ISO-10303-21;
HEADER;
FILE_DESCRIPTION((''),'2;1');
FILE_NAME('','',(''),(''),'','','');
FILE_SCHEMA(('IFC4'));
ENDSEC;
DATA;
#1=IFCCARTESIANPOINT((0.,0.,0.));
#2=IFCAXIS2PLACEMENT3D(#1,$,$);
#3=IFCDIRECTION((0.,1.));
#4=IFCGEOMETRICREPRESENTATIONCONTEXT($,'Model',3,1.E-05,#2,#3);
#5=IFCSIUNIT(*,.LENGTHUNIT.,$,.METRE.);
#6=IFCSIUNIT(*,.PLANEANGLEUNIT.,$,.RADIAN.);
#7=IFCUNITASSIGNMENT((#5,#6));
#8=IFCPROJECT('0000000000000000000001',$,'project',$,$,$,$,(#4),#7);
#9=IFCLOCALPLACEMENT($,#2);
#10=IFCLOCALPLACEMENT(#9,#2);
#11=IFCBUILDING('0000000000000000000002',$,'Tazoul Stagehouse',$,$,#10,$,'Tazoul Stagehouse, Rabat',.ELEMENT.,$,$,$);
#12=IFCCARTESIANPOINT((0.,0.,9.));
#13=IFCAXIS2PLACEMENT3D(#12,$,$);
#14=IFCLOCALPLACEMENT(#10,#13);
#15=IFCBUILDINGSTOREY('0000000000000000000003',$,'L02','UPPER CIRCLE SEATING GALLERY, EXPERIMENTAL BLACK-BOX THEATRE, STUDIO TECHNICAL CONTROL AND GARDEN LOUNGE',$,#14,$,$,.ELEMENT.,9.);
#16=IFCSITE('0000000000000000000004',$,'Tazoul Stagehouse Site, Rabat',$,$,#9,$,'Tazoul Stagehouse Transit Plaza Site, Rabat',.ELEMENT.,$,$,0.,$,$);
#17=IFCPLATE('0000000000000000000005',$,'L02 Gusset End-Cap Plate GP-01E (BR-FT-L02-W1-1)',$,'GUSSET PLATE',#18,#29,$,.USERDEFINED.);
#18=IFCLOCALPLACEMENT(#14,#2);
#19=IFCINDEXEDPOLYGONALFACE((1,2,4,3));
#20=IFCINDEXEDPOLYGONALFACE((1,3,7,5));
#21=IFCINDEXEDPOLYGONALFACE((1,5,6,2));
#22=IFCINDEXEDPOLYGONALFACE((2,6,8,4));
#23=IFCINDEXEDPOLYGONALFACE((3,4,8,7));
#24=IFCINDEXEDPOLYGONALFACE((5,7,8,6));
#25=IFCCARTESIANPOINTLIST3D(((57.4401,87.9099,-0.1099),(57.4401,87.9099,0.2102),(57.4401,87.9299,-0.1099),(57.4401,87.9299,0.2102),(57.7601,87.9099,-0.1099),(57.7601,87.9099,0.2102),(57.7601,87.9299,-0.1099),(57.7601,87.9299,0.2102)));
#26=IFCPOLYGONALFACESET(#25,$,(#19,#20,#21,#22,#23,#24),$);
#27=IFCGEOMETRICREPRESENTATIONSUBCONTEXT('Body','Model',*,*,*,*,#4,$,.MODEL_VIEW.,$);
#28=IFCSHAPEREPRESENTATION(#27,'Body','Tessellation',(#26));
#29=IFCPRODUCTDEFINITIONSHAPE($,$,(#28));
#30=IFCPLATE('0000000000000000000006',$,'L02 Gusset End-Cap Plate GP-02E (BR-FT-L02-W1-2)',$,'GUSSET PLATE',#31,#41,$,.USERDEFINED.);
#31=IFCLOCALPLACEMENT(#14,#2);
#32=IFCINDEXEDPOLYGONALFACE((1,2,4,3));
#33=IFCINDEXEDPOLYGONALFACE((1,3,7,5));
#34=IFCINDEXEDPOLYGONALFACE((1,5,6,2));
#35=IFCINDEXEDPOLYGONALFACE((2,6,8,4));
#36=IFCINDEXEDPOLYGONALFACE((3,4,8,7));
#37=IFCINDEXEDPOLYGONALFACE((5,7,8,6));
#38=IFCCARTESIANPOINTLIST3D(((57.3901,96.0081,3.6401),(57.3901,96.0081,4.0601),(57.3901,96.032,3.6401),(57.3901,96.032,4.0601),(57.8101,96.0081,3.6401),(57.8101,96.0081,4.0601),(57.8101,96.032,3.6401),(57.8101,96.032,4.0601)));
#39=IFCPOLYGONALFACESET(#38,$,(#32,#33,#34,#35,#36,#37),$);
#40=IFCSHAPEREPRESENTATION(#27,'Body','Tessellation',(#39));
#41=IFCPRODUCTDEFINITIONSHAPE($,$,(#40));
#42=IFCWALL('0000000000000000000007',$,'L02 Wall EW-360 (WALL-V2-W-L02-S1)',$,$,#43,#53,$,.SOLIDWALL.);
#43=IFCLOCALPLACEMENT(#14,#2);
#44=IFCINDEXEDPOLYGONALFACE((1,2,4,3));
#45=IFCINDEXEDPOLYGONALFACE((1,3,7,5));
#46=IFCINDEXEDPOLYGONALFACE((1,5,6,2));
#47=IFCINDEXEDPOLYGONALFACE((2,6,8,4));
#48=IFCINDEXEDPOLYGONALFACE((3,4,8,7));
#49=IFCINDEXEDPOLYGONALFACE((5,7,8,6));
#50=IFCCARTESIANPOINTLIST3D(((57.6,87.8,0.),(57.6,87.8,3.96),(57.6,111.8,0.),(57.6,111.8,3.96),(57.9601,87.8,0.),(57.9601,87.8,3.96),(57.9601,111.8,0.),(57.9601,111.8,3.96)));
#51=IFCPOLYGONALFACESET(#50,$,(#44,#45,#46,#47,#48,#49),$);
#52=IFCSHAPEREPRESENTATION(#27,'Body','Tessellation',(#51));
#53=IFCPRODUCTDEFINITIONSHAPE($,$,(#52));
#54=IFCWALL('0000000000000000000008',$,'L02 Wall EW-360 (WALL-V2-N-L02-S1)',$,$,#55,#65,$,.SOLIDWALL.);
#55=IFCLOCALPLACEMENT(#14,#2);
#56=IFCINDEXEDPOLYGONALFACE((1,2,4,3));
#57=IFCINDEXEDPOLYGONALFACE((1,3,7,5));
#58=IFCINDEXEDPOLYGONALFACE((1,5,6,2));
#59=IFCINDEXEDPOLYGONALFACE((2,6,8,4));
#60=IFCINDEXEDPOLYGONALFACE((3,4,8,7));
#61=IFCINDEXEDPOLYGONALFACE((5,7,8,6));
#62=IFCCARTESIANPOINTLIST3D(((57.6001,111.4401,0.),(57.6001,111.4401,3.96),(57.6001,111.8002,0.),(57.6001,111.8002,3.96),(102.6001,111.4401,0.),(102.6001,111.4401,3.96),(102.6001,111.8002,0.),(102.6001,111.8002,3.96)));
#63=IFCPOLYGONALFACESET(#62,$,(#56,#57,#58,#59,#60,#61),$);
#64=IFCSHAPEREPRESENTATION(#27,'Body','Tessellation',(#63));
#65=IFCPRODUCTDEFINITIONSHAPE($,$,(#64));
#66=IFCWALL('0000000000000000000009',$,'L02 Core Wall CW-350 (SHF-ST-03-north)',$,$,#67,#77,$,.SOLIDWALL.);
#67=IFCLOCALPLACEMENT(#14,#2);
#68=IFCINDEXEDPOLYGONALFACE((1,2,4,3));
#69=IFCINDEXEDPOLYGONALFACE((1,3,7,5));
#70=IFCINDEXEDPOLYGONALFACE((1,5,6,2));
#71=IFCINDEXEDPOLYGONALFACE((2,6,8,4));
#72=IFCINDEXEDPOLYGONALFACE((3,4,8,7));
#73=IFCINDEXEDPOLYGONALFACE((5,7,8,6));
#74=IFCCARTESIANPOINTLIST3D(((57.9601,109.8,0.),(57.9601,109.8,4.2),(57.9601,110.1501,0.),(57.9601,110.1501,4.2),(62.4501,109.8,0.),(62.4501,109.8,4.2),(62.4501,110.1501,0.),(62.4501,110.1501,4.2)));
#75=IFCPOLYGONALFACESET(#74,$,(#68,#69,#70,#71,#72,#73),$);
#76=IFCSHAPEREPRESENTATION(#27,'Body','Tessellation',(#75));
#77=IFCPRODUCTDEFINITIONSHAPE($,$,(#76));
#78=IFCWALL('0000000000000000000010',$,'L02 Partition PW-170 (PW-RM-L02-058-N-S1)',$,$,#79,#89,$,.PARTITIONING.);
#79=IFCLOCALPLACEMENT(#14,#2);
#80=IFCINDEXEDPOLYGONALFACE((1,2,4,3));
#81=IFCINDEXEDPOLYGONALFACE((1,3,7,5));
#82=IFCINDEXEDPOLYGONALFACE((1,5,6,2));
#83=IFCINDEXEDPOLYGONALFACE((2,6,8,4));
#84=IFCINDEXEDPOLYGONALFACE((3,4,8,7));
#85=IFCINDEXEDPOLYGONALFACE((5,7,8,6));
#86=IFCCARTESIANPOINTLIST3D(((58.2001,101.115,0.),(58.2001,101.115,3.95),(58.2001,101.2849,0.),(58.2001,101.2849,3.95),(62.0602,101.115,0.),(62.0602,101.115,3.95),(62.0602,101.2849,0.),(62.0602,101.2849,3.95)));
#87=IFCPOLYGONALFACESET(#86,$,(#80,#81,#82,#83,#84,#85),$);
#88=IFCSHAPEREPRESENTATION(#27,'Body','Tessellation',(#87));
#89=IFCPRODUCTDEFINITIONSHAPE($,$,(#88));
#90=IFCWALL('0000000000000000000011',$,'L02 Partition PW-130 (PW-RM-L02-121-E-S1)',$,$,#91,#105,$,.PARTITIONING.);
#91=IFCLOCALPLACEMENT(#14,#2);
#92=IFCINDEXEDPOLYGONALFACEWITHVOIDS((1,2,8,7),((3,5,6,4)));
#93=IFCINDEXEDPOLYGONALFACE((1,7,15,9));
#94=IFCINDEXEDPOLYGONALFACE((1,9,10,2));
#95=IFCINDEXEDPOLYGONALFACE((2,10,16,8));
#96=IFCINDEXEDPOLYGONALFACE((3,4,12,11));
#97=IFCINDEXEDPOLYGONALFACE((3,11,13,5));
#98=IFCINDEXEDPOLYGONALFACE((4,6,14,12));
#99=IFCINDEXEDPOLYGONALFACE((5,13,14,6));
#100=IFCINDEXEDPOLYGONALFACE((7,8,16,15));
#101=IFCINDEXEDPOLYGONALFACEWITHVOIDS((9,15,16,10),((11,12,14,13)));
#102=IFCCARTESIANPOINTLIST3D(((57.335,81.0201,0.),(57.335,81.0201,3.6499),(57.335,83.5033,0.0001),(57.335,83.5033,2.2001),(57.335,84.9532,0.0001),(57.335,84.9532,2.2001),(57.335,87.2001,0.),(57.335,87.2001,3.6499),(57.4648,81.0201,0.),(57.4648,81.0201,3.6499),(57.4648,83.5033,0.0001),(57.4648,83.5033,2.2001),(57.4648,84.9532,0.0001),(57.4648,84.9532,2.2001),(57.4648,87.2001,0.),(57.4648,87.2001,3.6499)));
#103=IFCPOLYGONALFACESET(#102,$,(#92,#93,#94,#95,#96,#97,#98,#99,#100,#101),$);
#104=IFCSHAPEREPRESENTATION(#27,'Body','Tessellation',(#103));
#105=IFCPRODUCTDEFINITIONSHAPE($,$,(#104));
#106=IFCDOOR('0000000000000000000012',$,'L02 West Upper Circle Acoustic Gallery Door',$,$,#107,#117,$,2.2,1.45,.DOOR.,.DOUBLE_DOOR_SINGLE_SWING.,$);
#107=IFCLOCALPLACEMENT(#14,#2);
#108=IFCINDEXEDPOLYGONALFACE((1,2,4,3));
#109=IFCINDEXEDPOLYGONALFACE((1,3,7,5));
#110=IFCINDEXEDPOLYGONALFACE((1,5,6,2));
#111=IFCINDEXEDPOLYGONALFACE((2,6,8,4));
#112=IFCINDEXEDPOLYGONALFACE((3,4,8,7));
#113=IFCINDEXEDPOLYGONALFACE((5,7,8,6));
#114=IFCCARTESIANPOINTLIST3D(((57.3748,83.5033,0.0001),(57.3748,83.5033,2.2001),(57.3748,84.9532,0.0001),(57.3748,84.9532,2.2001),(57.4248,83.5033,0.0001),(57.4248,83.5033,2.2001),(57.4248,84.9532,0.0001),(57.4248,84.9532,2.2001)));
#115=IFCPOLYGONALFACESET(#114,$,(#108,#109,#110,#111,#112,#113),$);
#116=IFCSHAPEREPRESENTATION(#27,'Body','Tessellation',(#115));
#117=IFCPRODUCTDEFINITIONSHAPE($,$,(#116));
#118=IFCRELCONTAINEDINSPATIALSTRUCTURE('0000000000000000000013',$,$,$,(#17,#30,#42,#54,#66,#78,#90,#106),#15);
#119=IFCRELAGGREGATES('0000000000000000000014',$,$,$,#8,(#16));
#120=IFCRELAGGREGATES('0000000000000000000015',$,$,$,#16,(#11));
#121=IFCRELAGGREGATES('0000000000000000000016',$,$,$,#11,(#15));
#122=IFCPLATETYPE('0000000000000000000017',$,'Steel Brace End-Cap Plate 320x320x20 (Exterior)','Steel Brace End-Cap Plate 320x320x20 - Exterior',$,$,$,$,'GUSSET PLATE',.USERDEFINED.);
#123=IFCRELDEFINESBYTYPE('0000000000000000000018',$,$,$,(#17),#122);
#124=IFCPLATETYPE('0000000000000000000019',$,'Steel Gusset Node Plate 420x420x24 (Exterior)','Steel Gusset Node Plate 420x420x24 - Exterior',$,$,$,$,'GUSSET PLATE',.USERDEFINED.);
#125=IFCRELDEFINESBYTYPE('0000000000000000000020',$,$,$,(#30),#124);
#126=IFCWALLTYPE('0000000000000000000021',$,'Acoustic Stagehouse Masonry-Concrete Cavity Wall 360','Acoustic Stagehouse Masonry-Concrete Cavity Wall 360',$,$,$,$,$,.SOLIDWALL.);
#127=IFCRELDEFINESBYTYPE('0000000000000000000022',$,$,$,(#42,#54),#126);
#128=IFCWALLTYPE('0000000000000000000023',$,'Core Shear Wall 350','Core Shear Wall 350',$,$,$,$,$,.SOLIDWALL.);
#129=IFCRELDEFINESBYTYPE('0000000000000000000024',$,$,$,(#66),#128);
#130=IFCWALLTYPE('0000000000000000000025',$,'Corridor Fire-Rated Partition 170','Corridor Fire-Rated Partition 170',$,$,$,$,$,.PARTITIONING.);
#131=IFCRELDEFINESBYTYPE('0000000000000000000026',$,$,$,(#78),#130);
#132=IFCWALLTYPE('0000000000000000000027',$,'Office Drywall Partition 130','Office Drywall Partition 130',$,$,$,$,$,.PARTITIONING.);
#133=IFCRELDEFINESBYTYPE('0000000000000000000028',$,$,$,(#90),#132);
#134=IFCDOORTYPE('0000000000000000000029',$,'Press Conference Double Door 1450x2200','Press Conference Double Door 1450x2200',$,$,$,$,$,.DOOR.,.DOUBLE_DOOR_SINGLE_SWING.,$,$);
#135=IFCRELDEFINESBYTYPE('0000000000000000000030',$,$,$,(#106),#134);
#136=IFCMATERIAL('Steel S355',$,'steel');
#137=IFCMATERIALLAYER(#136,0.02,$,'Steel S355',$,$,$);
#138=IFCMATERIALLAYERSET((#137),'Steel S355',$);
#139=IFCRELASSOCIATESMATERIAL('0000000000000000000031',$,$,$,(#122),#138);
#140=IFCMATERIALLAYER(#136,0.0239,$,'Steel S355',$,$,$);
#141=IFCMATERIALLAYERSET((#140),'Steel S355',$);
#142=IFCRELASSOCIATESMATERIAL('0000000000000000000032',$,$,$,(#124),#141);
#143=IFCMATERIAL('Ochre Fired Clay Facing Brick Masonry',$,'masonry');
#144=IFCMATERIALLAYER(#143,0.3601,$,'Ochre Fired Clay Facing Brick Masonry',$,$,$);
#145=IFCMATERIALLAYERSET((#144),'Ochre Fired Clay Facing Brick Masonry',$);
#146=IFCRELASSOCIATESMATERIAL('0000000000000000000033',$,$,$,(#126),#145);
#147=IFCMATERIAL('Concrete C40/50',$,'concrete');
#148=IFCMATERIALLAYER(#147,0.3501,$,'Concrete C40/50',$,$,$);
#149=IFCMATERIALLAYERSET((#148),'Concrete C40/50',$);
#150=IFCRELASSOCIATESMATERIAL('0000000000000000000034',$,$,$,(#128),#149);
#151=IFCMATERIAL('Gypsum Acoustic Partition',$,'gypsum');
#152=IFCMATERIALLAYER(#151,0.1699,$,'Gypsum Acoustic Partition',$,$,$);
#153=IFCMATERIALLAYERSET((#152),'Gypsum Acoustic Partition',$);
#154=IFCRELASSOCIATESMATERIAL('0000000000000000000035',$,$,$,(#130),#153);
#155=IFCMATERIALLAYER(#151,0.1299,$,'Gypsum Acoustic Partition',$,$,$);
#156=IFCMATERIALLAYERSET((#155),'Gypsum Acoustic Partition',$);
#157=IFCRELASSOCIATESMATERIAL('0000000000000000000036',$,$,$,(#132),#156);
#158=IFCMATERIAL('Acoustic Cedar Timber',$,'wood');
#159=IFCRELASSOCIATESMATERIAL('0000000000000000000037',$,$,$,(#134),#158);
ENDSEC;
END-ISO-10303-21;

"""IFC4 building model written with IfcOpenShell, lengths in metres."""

from ifc_helpers import new_model, si_unit, direction, frame, frame_2d, origin, origin_2d, place, context, subcontext, project, spatial, rectangle, extrude, material, layer, layer_set, type_object, element, fill, save


model = new_model("IFC4")

# Units and contexts
model_context = context("Model", 3, precision=1e-05, world=origin(), true_north=direction((0.0, 1.0)))
body_context = subcontext(model_context, "Body", "Model", "MODEL_VIEW")
ifc_project = project(units=[si_unit("LENGTHUNIT", "METRE"), si_unit("PLANEANGLEUNIT", "RADIAN")], contexts=[model_context])

# Site, building, storey
site_placement = place(None, origin())
site = spatial("IfcSite", under=ifc_project, at=site_placement, Name="Tazoul Stagehouse Site, Rabat", LongName="Tazoul Stagehouse Transit Plaza Site, Rabat", CompositionType="ELEMENT", RefElevation=0.0)
building_placement = place(site_placement, origin())
building = spatial("IfcBuilding", under=site, at=building_placement, Name="Tazoul Stagehouse", LongName="Tazoul Stagehouse, Rabat", CompositionType="ELEMENT")
storey_placement = place(building_placement, frame((0.0, 0.0, 9.0)))
storey = spatial("IfcBuildingStorey", under=building, at=storey_placement, Name="L02", Description="UPPER CIRCLE SEATING GALLERY, EXPERIMENTAL BLACK-BOX THEATRE, STUDIO TECHNICAL CONTROL AND GARDEN LOUNGE", CompositionType="ELEMENT", Elevation=9.0)

# Shared definitions
ifc_material_1 = material(Name="Concrete C40/50", Category="concrete")
ifc_material_2 = material(Name="Steel S355", Category="steel")

# Plates
ifc_layer_1 = layer(ifc_material_2, 0.02, Name="Steel S355")
ifc_layer_set_1 = layer_set([ifc_layer_1], Name="Steel S355")
plate_type_1 = type_object("IfcPlateType", Name="Steel Brace End-Cap Plate 320x320x20 (Exterior)", Description="Steel Brace End-Cap Plate 320x320x20 - Exterior", ElementType="GUSSET PLATE", PredefinedType="USERDEFINED", material=ifc_layer_set_1)
plate_1_placement = place(storey_placement, frame((57.6001, 87.9199, -0.1099), z_axis=(0.0, 0.0, 1.0), x_axis=(0.0, 1.0, 0.0)))
element("IfcPlate", 1, at=plate_1_placement, inside=storey, type_object=plate_type_1, Name="L02 Gusset End-Cap Plate GP-01E (BR-FT-L02-W1-1)", ObjectType="GUSSET PLATE", PredefinedType="USERDEFINED", context=body_context, shape_type="SweptSolid", body=[
    extrude(rectangle(XDim=0.02, YDim=0.3201, at=origin_2d()), origin(), (0.0, 0.0, 1.0), 0.3201),
])
ifc_layer_2 = layer(ifc_material_2, 0.0239, Name="Steel S355")
ifc_layer_set_2 = layer_set([ifc_layer_2], Name="Steel S355")
plate_type_2 = type_object("IfcPlateType", Name="Steel Gusset Node Plate 420x420x24 (Exterior)", Description="Steel Gusset Node Plate 420x420x24 - Exterior", ElementType="GUSSET PLATE", PredefinedType="USERDEFINED", material=ifc_layer_set_2)
plate_2_placement = place(storey_placement, frame((57.6001, 96.02, 3.6401), z_axis=(0.0, 0.0, 1.0), x_axis=(0.0, 1.0, 0.0)))
element("IfcPlate", 2, at=plate_2_placement, inside=storey, type_object=plate_type_2, Name="L02 Gusset End-Cap Plate GP-02E (BR-FT-L02-W1-2)", ObjectType="GUSSET PLATE", PredefinedType="USERDEFINED", context=body_context, shape_type="SweptSolid", body=[
    extrude(rectangle(XDim=0.0239, YDim=0.4199, at=origin_2d()), origin(), (0.0, 0.0, 1.0), 0.4199),
])

# Walls
ifc_material_3 = material(Name="Ochre Fired Clay Facing Brick Masonry", Category="masonry")
ifc_layer_3 = layer(ifc_material_3, 0.3601, Name="Ochre Fired Clay Facing Brick Masonry")
ifc_layer_set_3 = layer_set([ifc_layer_3], Name="Ochre Fired Clay Facing Brick Masonry")
wall_type_1 = type_object("IfcWallType", Name="Acoustic Stagehouse Masonry-Concrete Cavity Wall 360", Description="Acoustic Stagehouse Masonry-Concrete Cavity Wall 360", PredefinedType="SOLIDWALL", material=ifc_layer_set_3)
wall_1_placement = place(storey_placement, frame((57.78, 87.8, 0.0), z_axis=(0.0, 0.0, 1.0), x_axis=(0.0, 1.0, 0.0)))
element("IfcWall", 3, at=wall_1_placement, inside=storey, type_object=wall_type_1, Name="L02 Wall EW-360 (WALL-V2-W-L02-S1)", PredefinedType="SOLIDWALL", context=body_context, shape_type="SweptSolid", body=[
    extrude(rectangle(XDim=24.0, YDim=0.3601, at=frame_2d((12.0, 0.0))), origin(), (0.0, 0.0, 1.0), 3.96),
])
wall_2_placement = place(storey_placement, frame((57.6001, 111.6201, 0.0), z_axis=(0.0, 0.0, 1.0), x_axis=(1.0, 0.0, 0.0)))
element("IfcWall", 4, at=wall_2_placement, inside=storey, type_object=wall_type_1, Name="L02 Wall EW-360 (WALL-V2-N-L02-S1)", PredefinedType="SOLIDWALL", context=body_context, shape_type="SweptSolid", body=[
    extrude(rectangle(XDim=45.0, YDim=0.3601, at=frame_2d((22.5, 0.0))), origin(), (0.0, 0.0, 1.0), 3.96),
])
ifc_layer_4 = layer(ifc_material_1, 0.3501, Name="Concrete C40/50")
ifc_layer_set_4 = layer_set([ifc_layer_4], Name="Concrete C40/50")
wall_type_2 = type_object("IfcWallType", Name="Core Shear Wall 350", Description="Core Shear Wall 350", PredefinedType="SOLIDWALL", material=ifc_layer_set_4)
wall_3_placement = place(storey_placement, frame((57.96, 109.9751, 0.0), z_axis=(0.0, 0.0, 1.0), x_axis=(1.0, 0.0, 0.0)))
element("IfcWall", 5, at=wall_3_placement, inside=storey, type_object=wall_type_2, Name="L02 Core Wall CW-350 (SHF-ST-03-north)", PredefinedType="SOLIDWALL", context=body_context, shape_type="SweptSolid", body=[
    extrude(rectangle(XDim=4.49, YDim=0.3501, at=frame_2d((2.2451, 0.0))), origin(), (0.0, 0.0, 1.0), 4.2),
])
ifc_material_4 = material(Name="Gypsum Acoustic Partition", Category="gypsum")
ifc_layer_5 = layer(ifc_material_4, 0.1699, Name="Gypsum Acoustic Partition")
ifc_layer_set_5 = layer_set([ifc_layer_5], Name="Gypsum Acoustic Partition")
wall_type_3 = type_object("IfcWallType", Name="Corridor Fire-Rated Partition 170", Description="Corridor Fire-Rated Partition 170", PredefinedType="PARTITIONING", material=ifc_layer_set_5)
wall_4_placement = place(storey_placement, frame((58.2, 101.2, 0.0), z_axis=(0.0, 0.0, 1.0), x_axis=(1.0, 0.0, 0.0)))
element("IfcWall", 6, at=wall_4_placement, inside=storey, type_object=wall_type_3, Name="L02 Partition PW-170 (PW-RM-L02-058-N-S1)", PredefinedType="PARTITIONING", context=body_context, shape_type="SweptSolid", body=[
    extrude(rectangle(XDim=3.8601, YDim=0.1699, at=frame_2d((1.9302, 0.0))), origin(), (0.0, 0.0, 1.0), 3.95),
])

# Wall, opening, door
ifc_layer_6 = layer(ifc_material_4, 0.1299, Name="Gypsum Acoustic Partition")
ifc_layer_set_6 = layer_set([ifc_layer_6], Name="Gypsum Acoustic Partition")
wall_type_4 = type_object("IfcWallType", Name="Office Drywall Partition 130", Description="Office Drywall Partition 130", PredefinedType="PARTITIONING", material=ifc_layer_set_6)
wall_5_placement = place(storey_placement, frame((57.3999, 87.2, 0.0), z_axis=(0.0, 0.0, 1.0), x_axis=(0.0, -1.0, 0.0)))
wall_5 = element("IfcWall", 7, at=wall_5_placement, inside=storey, type_object=wall_type_4, Name="L02 Partition PW-130 (PW-RM-L02-121-E-S1)", PredefinedType="PARTITIONING", context=body_context, shape_type="SweptSolid", body=[
    extrude(rectangle(XDim=6.1799, YDim=0.1299, at=frame_2d((3.0898, 0.0))), origin(), (0.0, 0.0, 1.0), 3.6499),
])
opening_placement = place(wall_5_placement, frame((2.2466, 0.0, 0.0)))
opening = element("IfcOpeningElement", 8, at=opening_placement, cuts=wall_5, PredefinedType="OPENING", context=body_context, shape_type="SweptSolid", body=[
    extrude(rectangle(XDim=1.45, YDim=2.2, at=frame_2d((0.7251, 1.1001))), frame((0.0, 0.085, 0.0), z_axis=(0.0, -1.0, 0.0), x_axis=(1.0, 0.0, 0.0)), (0.0, 0.0, 1.0), 0.1699),
])
ifc_material_5 = material(Name="Acoustic Cedar Timber", Category="wood")
door_type = type_object("IfcDoorType", Name="Press Conference Double Door 1450x2200", Description="Press Conference Double Door 1450x2200", OperationType="DOUBLE_DOOR_SINGLE_SWING", PredefinedType="DOOR", material=ifc_material_5)
door_placement = place(opening_placement, origin())
door = element("IfcDoor", 9, at=door_placement, inside=storey, type_object=door_type, Name="L02 West Upper Circle Acoustic Gallery Door", OperationType="DOUBLE_DOOR_SINGLE_SWING", OverallHeight=2.2, OverallWidth=1.45, PredefinedType="DOOR", context=body_context, shape_type="SweptSolid", body=[
    extrude(rectangle(XDim=1.45, YDim=2.2, at=frame_2d((0.7251, 1.1001))), frame((0.0, 0.0249, 0.0), z_axis=(0.0, -1.0, 0.0), x_axis=(1.0, 0.0, 0.0)), (0.0, 0.0, 1.0), 0.05),
])
fill(opening, door)

save(model, "model.ifc")
